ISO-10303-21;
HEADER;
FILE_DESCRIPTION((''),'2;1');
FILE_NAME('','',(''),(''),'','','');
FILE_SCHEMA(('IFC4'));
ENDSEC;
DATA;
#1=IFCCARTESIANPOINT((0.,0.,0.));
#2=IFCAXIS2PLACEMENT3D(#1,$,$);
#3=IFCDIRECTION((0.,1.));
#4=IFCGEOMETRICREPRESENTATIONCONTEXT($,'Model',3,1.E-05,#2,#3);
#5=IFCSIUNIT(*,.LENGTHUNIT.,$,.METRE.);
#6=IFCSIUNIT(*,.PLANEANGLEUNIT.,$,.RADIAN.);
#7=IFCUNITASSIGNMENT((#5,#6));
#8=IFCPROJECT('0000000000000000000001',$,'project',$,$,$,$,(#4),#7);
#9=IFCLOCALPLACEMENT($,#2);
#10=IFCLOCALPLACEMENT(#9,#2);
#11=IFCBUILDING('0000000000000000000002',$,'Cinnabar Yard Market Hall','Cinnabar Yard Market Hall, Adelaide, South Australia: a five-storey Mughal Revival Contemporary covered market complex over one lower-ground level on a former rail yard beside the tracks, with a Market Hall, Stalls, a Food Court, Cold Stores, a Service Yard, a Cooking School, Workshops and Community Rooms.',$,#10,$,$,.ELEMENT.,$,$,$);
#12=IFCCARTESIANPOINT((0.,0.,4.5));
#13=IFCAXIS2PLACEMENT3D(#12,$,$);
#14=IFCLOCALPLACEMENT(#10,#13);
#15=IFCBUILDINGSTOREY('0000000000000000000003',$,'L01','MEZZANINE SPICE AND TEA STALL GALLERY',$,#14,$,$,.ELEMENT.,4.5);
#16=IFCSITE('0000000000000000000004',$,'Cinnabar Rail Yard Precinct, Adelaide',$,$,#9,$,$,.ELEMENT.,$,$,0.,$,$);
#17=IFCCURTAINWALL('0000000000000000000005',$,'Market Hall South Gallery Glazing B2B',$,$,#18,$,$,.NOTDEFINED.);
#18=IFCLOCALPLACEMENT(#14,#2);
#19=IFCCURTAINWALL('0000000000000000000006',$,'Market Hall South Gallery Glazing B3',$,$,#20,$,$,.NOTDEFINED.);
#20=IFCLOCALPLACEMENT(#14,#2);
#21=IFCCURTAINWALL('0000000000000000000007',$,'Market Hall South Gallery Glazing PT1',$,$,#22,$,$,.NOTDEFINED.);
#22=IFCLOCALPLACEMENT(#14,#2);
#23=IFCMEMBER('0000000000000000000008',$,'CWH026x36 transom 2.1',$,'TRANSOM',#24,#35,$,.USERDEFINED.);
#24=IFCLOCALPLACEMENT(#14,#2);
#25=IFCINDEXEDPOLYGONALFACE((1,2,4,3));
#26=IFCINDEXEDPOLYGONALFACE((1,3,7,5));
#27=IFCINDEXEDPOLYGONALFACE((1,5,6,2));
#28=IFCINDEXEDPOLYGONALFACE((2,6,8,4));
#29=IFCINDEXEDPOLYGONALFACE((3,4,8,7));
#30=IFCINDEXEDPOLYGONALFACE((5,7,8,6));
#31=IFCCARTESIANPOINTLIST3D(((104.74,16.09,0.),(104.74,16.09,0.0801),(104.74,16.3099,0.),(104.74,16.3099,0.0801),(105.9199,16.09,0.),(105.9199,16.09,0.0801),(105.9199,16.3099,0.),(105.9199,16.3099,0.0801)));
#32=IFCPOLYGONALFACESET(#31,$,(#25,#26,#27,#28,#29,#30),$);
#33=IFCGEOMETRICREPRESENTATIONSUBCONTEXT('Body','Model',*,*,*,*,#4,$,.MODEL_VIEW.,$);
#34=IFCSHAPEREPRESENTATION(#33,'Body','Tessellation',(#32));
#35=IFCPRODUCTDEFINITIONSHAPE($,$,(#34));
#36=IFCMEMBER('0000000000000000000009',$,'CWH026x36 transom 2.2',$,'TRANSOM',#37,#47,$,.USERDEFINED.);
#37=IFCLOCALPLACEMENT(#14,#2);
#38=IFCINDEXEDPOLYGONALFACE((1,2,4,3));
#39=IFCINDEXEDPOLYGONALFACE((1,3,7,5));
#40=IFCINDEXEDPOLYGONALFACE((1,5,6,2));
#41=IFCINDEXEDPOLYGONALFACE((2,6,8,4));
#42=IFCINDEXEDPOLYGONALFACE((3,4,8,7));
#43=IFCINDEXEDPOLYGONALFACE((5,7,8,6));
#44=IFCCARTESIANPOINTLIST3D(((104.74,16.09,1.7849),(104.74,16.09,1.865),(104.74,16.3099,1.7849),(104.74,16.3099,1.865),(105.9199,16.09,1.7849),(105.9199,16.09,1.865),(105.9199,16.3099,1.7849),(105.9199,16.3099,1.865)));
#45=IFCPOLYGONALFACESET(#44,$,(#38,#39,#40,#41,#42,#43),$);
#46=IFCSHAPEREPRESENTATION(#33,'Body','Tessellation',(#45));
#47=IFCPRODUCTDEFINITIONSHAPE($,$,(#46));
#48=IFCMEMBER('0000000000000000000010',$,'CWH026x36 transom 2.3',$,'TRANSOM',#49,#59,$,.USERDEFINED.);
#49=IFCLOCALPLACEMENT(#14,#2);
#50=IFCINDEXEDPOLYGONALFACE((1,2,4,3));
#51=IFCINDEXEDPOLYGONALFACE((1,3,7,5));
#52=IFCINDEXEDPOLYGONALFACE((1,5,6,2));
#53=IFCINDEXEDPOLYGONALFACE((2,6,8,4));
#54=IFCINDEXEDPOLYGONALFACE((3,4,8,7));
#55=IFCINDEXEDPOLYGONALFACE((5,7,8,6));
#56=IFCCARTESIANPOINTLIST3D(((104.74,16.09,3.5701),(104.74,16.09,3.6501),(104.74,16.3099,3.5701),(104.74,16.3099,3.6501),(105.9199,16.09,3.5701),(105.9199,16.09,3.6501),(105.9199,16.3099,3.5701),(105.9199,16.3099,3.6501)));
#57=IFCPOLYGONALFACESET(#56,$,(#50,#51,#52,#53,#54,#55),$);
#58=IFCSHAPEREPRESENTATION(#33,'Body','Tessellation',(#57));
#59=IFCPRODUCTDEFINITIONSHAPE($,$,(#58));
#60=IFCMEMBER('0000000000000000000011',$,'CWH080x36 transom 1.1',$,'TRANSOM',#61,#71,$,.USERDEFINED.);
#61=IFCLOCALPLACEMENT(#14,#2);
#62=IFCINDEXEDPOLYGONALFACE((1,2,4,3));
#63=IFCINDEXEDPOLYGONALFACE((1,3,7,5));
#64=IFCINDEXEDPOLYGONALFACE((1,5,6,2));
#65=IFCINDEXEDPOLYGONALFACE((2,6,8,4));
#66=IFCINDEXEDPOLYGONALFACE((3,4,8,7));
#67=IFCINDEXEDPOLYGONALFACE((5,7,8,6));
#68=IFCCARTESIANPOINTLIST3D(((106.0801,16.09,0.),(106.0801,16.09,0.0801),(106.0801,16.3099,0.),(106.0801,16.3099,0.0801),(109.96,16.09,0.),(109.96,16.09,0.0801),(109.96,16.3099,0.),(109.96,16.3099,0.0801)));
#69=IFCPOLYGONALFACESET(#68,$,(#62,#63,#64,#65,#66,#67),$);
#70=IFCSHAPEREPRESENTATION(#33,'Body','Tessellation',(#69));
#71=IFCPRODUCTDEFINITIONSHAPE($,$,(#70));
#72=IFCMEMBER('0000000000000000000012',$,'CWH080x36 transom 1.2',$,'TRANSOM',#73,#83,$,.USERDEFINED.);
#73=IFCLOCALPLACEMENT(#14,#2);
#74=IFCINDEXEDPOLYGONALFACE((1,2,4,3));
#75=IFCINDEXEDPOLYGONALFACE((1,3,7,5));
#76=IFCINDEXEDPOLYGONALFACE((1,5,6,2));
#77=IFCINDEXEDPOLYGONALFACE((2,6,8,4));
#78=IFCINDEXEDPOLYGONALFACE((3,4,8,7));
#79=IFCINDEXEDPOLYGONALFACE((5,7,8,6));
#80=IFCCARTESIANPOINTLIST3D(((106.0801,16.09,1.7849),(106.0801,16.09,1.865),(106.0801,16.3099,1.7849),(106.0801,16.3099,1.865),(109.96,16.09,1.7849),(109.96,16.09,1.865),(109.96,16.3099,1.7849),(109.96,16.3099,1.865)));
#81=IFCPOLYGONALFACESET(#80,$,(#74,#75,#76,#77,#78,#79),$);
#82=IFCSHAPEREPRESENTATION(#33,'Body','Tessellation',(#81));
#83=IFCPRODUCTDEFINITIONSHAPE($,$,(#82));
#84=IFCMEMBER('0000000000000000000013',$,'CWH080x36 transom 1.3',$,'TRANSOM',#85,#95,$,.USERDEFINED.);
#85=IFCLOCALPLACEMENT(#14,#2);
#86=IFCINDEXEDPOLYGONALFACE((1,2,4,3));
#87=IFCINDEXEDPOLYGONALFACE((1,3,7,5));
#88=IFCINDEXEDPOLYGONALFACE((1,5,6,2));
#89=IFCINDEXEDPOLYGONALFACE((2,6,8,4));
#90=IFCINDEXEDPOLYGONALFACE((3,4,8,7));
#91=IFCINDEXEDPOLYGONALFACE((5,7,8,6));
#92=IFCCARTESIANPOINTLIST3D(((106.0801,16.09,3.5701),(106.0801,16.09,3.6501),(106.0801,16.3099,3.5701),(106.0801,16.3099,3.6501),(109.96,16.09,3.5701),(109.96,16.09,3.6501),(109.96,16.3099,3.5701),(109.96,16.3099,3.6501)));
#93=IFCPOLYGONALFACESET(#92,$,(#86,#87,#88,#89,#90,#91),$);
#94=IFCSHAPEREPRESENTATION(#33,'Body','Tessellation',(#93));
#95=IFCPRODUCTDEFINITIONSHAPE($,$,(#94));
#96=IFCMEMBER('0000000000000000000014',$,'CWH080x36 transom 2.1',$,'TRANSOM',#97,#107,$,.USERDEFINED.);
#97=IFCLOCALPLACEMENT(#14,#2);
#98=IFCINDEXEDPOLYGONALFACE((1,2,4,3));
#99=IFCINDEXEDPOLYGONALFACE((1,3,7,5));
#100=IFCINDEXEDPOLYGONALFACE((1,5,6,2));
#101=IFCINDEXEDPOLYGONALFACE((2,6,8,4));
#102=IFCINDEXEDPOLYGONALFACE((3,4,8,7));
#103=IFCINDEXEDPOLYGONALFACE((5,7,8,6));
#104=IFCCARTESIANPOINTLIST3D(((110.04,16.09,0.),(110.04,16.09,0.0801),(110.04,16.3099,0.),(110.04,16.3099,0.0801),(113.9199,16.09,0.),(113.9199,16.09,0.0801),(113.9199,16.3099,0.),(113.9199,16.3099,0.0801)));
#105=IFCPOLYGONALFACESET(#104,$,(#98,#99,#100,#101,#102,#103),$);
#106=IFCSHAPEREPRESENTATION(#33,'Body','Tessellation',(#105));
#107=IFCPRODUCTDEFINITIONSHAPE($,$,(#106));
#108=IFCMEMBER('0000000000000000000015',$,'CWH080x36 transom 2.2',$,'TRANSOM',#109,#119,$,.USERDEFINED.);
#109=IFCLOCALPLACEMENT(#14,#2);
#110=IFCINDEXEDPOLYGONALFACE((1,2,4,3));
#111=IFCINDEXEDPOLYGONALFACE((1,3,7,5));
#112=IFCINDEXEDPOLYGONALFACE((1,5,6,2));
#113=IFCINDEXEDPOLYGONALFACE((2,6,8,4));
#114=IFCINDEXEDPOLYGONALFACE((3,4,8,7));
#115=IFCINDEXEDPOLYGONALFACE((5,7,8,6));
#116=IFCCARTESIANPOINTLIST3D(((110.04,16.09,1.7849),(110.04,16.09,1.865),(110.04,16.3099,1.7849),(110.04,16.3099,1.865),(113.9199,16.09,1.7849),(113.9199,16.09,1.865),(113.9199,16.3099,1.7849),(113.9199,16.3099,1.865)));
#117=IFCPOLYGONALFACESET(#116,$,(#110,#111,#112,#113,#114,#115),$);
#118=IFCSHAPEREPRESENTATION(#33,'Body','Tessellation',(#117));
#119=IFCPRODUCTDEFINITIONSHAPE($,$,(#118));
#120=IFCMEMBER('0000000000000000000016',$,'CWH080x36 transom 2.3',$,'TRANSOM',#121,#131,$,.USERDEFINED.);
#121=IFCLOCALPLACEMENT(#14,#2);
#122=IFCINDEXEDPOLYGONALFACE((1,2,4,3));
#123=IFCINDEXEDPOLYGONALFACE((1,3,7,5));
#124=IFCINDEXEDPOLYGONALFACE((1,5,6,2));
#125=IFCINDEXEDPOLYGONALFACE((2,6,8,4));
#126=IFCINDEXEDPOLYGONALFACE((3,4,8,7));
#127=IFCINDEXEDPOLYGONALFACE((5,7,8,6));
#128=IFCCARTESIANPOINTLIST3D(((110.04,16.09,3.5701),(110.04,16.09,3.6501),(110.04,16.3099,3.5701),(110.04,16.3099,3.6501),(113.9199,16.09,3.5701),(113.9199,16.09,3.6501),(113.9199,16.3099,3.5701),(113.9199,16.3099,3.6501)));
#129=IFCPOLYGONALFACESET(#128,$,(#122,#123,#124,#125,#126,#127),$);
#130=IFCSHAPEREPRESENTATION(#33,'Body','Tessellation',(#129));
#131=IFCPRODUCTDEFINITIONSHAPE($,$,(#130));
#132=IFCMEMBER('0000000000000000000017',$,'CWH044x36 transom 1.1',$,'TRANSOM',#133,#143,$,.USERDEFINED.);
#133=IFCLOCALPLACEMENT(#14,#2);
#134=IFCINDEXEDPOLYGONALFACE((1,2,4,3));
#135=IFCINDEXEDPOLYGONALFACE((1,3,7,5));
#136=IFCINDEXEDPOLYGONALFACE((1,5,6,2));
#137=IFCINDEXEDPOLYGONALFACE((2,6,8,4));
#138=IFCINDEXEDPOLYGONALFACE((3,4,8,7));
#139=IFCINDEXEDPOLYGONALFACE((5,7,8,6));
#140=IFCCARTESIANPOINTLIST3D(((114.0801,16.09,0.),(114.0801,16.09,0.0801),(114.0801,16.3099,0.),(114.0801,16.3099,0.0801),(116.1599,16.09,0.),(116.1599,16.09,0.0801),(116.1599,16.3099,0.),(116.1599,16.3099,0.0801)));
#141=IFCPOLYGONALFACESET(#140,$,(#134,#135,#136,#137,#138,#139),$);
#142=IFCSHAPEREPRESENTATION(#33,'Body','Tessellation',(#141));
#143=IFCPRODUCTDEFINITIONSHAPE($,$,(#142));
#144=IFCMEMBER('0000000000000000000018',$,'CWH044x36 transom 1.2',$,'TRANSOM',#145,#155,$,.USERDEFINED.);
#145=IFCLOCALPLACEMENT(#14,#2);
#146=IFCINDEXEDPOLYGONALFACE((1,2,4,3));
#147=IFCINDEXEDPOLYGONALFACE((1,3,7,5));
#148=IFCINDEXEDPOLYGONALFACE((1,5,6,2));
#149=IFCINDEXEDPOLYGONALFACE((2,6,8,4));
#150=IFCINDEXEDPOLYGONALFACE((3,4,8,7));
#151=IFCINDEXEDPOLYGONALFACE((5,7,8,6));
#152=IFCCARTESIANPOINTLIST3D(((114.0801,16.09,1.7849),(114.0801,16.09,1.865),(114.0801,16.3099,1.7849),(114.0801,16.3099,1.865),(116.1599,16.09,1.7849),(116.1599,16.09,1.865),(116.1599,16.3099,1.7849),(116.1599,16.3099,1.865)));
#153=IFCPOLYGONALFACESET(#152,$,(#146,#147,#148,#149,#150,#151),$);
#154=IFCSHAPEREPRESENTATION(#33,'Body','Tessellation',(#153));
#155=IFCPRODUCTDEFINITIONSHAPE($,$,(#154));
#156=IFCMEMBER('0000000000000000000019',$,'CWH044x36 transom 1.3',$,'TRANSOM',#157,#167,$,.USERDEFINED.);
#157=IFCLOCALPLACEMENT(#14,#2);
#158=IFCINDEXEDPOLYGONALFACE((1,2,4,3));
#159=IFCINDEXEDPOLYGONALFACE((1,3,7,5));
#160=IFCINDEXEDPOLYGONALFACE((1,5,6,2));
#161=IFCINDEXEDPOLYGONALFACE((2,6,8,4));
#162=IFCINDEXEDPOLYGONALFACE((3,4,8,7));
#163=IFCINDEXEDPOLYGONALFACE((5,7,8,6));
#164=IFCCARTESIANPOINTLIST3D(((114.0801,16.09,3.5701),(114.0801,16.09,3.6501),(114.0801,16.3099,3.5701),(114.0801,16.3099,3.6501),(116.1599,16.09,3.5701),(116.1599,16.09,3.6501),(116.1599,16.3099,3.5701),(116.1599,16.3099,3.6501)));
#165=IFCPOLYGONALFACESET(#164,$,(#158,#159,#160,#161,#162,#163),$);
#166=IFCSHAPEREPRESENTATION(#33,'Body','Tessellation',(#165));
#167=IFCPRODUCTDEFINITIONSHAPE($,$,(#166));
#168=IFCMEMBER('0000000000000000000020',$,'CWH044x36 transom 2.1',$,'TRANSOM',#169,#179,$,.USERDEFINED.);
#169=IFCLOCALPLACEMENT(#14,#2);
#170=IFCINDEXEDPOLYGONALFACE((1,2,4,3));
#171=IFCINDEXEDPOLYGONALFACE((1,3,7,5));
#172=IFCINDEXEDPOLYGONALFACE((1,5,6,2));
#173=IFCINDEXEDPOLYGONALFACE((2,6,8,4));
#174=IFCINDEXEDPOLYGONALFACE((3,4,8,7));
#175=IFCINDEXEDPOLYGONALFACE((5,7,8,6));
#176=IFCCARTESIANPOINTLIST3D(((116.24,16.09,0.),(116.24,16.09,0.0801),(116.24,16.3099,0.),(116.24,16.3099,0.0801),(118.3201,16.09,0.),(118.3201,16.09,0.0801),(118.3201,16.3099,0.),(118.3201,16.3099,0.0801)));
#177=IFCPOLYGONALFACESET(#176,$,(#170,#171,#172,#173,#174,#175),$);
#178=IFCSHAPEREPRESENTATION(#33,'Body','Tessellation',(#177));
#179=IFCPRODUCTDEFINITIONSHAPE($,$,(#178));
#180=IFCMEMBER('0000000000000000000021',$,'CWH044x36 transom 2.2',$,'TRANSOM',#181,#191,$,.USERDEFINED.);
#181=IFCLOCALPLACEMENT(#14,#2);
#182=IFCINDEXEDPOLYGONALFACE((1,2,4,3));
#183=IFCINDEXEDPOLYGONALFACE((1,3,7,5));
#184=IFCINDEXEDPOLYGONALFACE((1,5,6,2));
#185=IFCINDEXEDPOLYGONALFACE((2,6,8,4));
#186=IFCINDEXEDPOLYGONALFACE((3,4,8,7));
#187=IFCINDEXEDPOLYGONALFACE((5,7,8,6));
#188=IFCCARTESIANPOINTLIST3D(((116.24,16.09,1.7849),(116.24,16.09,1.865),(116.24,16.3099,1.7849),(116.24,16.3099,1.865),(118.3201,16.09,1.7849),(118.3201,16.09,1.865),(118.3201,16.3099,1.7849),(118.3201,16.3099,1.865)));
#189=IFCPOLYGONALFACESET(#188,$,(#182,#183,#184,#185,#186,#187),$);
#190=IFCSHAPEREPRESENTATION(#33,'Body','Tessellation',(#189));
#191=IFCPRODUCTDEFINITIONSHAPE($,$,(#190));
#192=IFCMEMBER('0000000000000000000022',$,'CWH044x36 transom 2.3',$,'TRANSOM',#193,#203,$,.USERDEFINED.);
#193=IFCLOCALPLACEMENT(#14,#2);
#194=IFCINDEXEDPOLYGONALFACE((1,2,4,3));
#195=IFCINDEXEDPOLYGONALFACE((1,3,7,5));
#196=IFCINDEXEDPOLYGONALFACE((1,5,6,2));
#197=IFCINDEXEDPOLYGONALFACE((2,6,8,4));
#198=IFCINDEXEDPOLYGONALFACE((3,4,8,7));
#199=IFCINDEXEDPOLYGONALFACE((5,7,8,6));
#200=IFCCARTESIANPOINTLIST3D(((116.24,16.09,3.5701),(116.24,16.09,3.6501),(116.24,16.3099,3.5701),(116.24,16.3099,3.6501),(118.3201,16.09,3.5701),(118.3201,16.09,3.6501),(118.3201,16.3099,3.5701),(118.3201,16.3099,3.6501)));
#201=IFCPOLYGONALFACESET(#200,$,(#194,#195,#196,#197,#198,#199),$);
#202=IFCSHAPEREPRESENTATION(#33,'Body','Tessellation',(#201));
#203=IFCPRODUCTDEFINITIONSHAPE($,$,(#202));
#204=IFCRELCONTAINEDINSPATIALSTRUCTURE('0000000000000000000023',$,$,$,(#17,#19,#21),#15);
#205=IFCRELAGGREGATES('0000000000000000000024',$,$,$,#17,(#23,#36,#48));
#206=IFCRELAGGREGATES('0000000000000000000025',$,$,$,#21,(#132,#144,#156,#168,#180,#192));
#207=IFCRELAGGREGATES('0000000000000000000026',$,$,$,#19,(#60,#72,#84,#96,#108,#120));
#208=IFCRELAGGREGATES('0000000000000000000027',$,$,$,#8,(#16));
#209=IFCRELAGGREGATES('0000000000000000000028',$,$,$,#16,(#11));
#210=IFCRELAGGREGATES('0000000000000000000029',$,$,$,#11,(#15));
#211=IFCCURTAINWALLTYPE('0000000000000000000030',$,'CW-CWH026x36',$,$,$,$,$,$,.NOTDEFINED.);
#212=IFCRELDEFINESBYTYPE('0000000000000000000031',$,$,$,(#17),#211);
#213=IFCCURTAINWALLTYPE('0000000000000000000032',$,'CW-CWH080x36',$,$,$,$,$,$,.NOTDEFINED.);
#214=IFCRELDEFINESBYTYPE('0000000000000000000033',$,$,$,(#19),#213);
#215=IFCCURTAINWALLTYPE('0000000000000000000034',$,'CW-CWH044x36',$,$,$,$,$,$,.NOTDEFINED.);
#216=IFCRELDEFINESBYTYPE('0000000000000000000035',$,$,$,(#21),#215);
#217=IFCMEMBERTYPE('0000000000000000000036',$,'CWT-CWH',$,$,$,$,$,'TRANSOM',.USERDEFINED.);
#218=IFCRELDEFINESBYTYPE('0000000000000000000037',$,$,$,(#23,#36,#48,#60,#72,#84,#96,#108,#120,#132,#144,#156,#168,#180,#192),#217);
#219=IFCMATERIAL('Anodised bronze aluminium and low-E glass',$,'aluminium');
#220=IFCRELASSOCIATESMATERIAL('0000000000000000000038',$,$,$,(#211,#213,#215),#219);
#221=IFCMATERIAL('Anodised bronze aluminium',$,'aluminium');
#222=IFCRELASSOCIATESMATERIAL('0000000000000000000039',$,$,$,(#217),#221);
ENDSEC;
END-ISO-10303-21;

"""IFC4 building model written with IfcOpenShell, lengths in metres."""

from ifc_helpers import new_model, si_unit, direction, frame, origin, origin_2d_with_axis, place, context, subcontext, project, spatial, rectangle, extrude, material, material_profile, profile_set, type_object, element, aggregate, save


model = new_model("IFC4")

# Units and contexts
model_context = context("Model", 3, precision=1e-05, world=origin(), true_north=direction((0.0, 1.0)))
body_context = subcontext(model_context, "Body", "Model", "MODEL_VIEW")
ifc_project = project(units=[si_unit("LENGTHUNIT", "METRE"), si_unit("PLANEANGLEUNIT", "RADIAN")], contexts=[model_context])

# Site, building, storey
site_placement = place(None, origin())
site = spatial("IfcSite", under=ifc_project, at=site_placement, Name="Cinnabar Rail Yard Precinct, Adelaide", CompositionType="ELEMENT", RefElevation=0.0)
building_placement = place(site_placement, origin())
building = spatial("IfcBuilding", under=site, at=building_placement, Name="Cinnabar Yard Market Hall", Description="Cinnabar Yard Market Hall, Adelaide, South Australia: a five-storey Mughal Revival Contemporary covered market complex over one lower-ground level on a former rail yard beside the tracks, with a Market Hall, Stalls, a Food Court, Cold Stores, a Service Yard, a Cooking School, Workshops and Community Rooms.", CompositionType="ELEMENT")
storey_placement = place(building_placement, frame((0.0, 0.0, 4.5)))
storey = spatial("IfcBuildingStorey", under=building, at=storey_placement, Name="L01", Description="MEZZANINE SPICE AND TEA STALL GALLERY", CompositionType="ELEMENT", Elevation=4.5)

# Curtain walls
ifc_material_1 = material(Name="Anodised bronze aluminium and low-E glass", Category="aluminium")
curtain_wall_type_1 = type_object("IfcCurtainWallType", Name="CW-CWH026x36", PredefinedType="NOTDEFINED", material=ifc_material_1)
curtain_wall_1_placement = place(storey_placement, origin())
curtain_wall_1 = element("IfcCurtainWall", 1, at=curtain_wall_1_placement, inside=storey, type_object=curtain_wall_type_1, Name="Market Hall South Gallery Glazing B2B", PredefinedType="NOTDEFINED")
ifc_material_2 = material(Name="Anodised bronze aluminium", Category="aluminium")
curtain_wall_type_2 = type_object("IfcCurtainWallType", Name="CW-CWH080x36", PredefinedType="NOTDEFINED", material=ifc_material_1)
curtain_wall_2_placement = place(storey_placement, origin())
curtain_wall_2 = element("IfcCurtainWall", 2, at=curtain_wall_2_placement, inside=storey, type_object=curtain_wall_type_2, Name="Market Hall South Gallery Glazing B3", PredefinedType="NOTDEFINED")
curtain_wall_type_3 = type_object("IfcCurtainWallType", Name="CW-CWH044x36", PredefinedType="NOTDEFINED", material=ifc_material_1)
curtain_wall_3_placement = place(storey_placement, origin())
curtain_wall_3 = element("IfcCurtainWall", 3, at=curtain_wall_3_placement, inside=storey, type_object=curtain_wall_type_3, Name="Market Hall South Gallery Glazing PT1", PredefinedType="NOTDEFINED")

# Members
ifc_material_profile_1 = material_profile(ifc_material_2, rectangle(XDim=0.22, YDim=0.0801, at=origin_2d_with_axis()), Name="TRN-CWH")
ifc_profile_set_1 = profile_set([ifc_material_profile_1], Name="Anodised bronze aluminium")
member_type_1 = type_object("IfcMemberType", Name="CWT-CWH", ElementType="TRANSOM", PredefinedType="USERDEFINED", material=ifc_profile_set_1)
member_1_placement = place(storey_placement, frame((104.74, 16.2, 0.04), z_axis=(1.0, 0.0, 0.0), x_axis=(0.0, 1.0, 0.0)))
member_1 = element("IfcMember", 4, at=member_1_placement, type_object=member_type_1, Name="CWH026x36 transom 2.1", ObjectType="TRANSOM", PredefinedType="USERDEFINED", context=body_context, shape_type="SweptSolid", body=[
    extrude(rectangle(XDim=0.22, YDim=0.0801, at=origin_2d_with_axis()), origin(), (0.0, 0.0, 1.0), 1.1799),
])
member_2_placement = place(storey_placement, frame((104.74, 16.2, 1.825), z_axis=(1.0, 0.0, 0.0), x_axis=(0.0, 1.0, 0.0)))
member_2 = element("IfcMember", 5, at=member_2_placement, type_object=member_type_1, Name="CWH026x36 transom 2.2", ObjectType="TRANSOM", PredefinedType="USERDEFINED", context=body_context, shape_type="SweptSolid", body=[
    extrude(rectangle(XDim=0.22, YDim=0.0801, at=origin_2d_with_axis()), origin(), (0.0, 0.0, 1.0), 1.1799),
])
member_3_placement = place(storey_placement, frame((104.74, 16.2, 3.6101), z_axis=(1.0, 0.0, 0.0), x_axis=(0.0, 1.0, 0.0)))
member_3 = element("IfcMember", 6, at=member_3_placement, type_object=member_type_1, Name="CWH026x36 transom 2.3", ObjectType="TRANSOM", PredefinedType="USERDEFINED", context=body_context, shape_type="SweptSolid", body=[
    extrude(rectangle(XDim=0.22, YDim=0.0801, at=origin_2d_with_axis()), origin(), (0.0, 0.0, 1.0), 1.1799),
])
member_4_placement = place(storey_placement, frame((106.0801, 16.2, 0.04), z_axis=(1.0, 0.0, 0.0), x_axis=(0.0, 1.0, 0.0)))
member_4 = element("IfcMember", 7, at=member_4_placement, type_object=member_type_1, Name="CWH080x36 transom 1.1", ObjectType="TRANSOM", PredefinedType="USERDEFINED", context=body_context, shape_type="SweptSolid", body=[
    extrude(rectangle(XDim=0.22, YDim=0.0801, at=origin_2d_with_axis()), origin(), (0.0, 0.0, 1.0), 3.8799),
])
member_5_placement = place(storey_placement, frame((106.0801, 16.2, 1.825), z_axis=(1.0, 0.0, 0.0), x_axis=(0.0, 1.0, 0.0)))
member_5 = element("IfcMember", 8, at=member_5_placement, type_object=member_type_1, Name="CWH080x36 transom 1.2", ObjectType="TRANSOM", PredefinedType="USERDEFINED", context=body_context, shape_type="SweptSolid", body=[
    extrude(rectangle(XDim=0.22, YDim=0.0801, at=origin_2d_with_axis()), origin(), (0.0, 0.0, 1.0), 3.8799),
])
member_6_placement = place(storey_placement, frame((106.0801, 16.2, 3.6101), z_axis=(1.0, 0.0, 0.0), x_axis=(0.0, 1.0, 0.0)))
member_6 = element("IfcMember", 9, at=member_6_placement, type_object=member_type_1, Name="CWH080x36 transom 1.3", ObjectType="TRANSOM", PredefinedType="USERDEFINED", context=body_context, shape_type="SweptSolid", body=[
    extrude(rectangle(XDim=0.22, YDim=0.0801, at=origin_2d_with_axis()), origin(), (0.0, 0.0, 1.0), 3.8799),
])
member_7_placement = place(storey_placement, frame((110.04, 16.2, 0.04), z_axis=(1.0, 0.0, 0.0), x_axis=(0.0, 1.0, 0.0)))
member_7 = element("IfcMember", 10, at=member_7_placement, type_object=member_type_1, Name="CWH080x36 transom 2.1", ObjectType="TRANSOM", PredefinedType="USERDEFINED", context=body_context, shape_type="SweptSolid", body=[
    extrude(rectangle(XDim=0.22, YDim=0.0801, at=origin_2d_with_axis()), origin(), (0.0, 0.0, 1.0), 3.8799),
])
member_8_placement = place(storey_placement, frame((110.04, 16.2, 1.825), z_axis=(1.0, 0.0, 0.0), x_axis=(0.0, 1.0, 0.0)))
member_8 = element("IfcMember", 11, at=member_8_placement, type_object=member_type_1, Name="CWH080x36 transom 2.2", ObjectType="TRANSOM", PredefinedType="USERDEFINED", context=body_context, shape_type="SweptSolid", body=[
    extrude(rectangle(XDim=0.22, YDim=0.0801, at=origin_2d_with_axis()), origin(), (0.0, 0.0, 1.0), 3.8799),
])
member_9_placement = place(storey_placement, frame((110.04, 16.2, 3.6101), z_axis=(1.0, 0.0, 0.0), x_axis=(0.0, 1.0, 0.0)))
member_9 = element("IfcMember", 12, at=member_9_placement, type_object=member_type_1, Name="CWH080x36 transom 2.3", ObjectType="TRANSOM", PredefinedType="USERDEFINED", context=body_context, shape_type="SweptSolid", body=[
    extrude(rectangle(XDim=0.22, YDim=0.0801, at=origin_2d_with_axis()), origin(), (0.0, 0.0, 1.0), 3.8799),
])
member_10_placement = place(storey_placement, frame((114.0801, 16.2, 0.04), z_axis=(1.0, 0.0, 0.0), x_axis=(0.0, 1.0, 0.0)))
member_10 = element("IfcMember", 13, at=member_10_placement, type_object=member_type_1, Name="CWH044x36 transom 1.1", ObjectType="TRANSOM", PredefinedType="USERDEFINED", context=body_context, shape_type="SweptSolid", body=[
    extrude(rectangle(XDim=0.22, YDim=0.0801, at=origin_2d_with_axis()), origin(), (0.0, 0.0, 1.0), 2.0798),
])
member_11_placement = place(storey_placement, frame((114.0801, 16.2, 1.825), z_axis=(1.0, 0.0, 0.0), x_axis=(0.0, 1.0, 0.0)))
member_11 = element("IfcMember", 14, at=member_11_placement, type_object=member_type_1, Name="CWH044x36 transom 1.2", ObjectType="TRANSOM", PredefinedType="USERDEFINED", context=body_context, shape_type="SweptSolid", body=[
    extrude(rectangle(XDim=0.22, YDim=0.0801, at=origin_2d_with_axis()), origin(), (0.0, 0.0, 1.0), 2.0798),
])
member_12_placement = place(storey_placement, frame((114.0801, 16.2, 3.6101), z_axis=(1.0, 0.0, 0.0), x_axis=(0.0, 1.0, 0.0)))
member_12 = element("IfcMember", 15, at=member_12_placement, type_object=member_type_1, Name="CWH044x36 transom 1.3", ObjectType="TRANSOM", PredefinedType="USERDEFINED", context=body_context, shape_type="SweptSolid", body=[
    extrude(rectangle(XDim=0.22, YDim=0.0801, at=origin_2d_with_axis()), origin(), (0.0, 0.0, 1.0), 2.0798),
])
member_13_placement = place(storey_placement, frame((116.24, 16.2, 0.04), z_axis=(1.0, 0.0, 0.0), x_axis=(0.0, 1.0, 0.0)))
member_13 = element("IfcMember", 16, at=member_13_placement, type_object=member_type_1, Name="CWH044x36 transom 2.1", ObjectType="TRANSOM", PredefinedType="USERDEFINED", context=body_context, shape_type="SweptSolid", body=[
    extrude(rectangle(XDim=0.22, YDim=0.0801, at=origin_2d_with_axis()), origin(), (0.0, 0.0, 1.0), 2.0801),
])
member_14_placement = place(storey_placement, frame((116.24, 16.2, 1.825), z_axis=(1.0, 0.0, 0.0), x_axis=(0.0, 1.0, 0.0)))
member_14 = element("IfcMember", 17, at=member_14_placement, type_object=member_type_1, Name="CWH044x36 transom 2.2", ObjectType="TRANSOM", PredefinedType="USERDEFINED", context=body_context, shape_type="SweptSolid", body=[
    extrude(rectangle(XDim=0.22, YDim=0.0801, at=origin_2d_with_axis()), origin(), (0.0, 0.0, 1.0), 2.0801),
])
member_15_placement = place(storey_placement, frame((116.24, 16.2, 3.6101), z_axis=(1.0, 0.0, 0.0), x_axis=(0.0, 1.0, 0.0)))
member_15 = element("IfcMember", 18, at=member_15_placement, type_object=member_type_1, Name="CWH044x36 transom 2.3", ObjectType="TRANSOM", PredefinedType="USERDEFINED", context=body_context, shape_type="SweptSolid", body=[
    extrude(rectangle(XDim=0.22, YDim=0.0801, at=origin_2d_with_axis()), origin(), (0.0, 0.0, 1.0), 2.0801),
])

aggregate(curtain_wall_1, [member_1, member_2, member_3])
aggregate(curtain_wall_3, [member_10, member_11, member_12, member_13, member_14, member_15])
aggregate(curtain_wall_2, [member_4, member_5, member_6, member_7, member_8, member_9])

save(model, "model.ifc")
